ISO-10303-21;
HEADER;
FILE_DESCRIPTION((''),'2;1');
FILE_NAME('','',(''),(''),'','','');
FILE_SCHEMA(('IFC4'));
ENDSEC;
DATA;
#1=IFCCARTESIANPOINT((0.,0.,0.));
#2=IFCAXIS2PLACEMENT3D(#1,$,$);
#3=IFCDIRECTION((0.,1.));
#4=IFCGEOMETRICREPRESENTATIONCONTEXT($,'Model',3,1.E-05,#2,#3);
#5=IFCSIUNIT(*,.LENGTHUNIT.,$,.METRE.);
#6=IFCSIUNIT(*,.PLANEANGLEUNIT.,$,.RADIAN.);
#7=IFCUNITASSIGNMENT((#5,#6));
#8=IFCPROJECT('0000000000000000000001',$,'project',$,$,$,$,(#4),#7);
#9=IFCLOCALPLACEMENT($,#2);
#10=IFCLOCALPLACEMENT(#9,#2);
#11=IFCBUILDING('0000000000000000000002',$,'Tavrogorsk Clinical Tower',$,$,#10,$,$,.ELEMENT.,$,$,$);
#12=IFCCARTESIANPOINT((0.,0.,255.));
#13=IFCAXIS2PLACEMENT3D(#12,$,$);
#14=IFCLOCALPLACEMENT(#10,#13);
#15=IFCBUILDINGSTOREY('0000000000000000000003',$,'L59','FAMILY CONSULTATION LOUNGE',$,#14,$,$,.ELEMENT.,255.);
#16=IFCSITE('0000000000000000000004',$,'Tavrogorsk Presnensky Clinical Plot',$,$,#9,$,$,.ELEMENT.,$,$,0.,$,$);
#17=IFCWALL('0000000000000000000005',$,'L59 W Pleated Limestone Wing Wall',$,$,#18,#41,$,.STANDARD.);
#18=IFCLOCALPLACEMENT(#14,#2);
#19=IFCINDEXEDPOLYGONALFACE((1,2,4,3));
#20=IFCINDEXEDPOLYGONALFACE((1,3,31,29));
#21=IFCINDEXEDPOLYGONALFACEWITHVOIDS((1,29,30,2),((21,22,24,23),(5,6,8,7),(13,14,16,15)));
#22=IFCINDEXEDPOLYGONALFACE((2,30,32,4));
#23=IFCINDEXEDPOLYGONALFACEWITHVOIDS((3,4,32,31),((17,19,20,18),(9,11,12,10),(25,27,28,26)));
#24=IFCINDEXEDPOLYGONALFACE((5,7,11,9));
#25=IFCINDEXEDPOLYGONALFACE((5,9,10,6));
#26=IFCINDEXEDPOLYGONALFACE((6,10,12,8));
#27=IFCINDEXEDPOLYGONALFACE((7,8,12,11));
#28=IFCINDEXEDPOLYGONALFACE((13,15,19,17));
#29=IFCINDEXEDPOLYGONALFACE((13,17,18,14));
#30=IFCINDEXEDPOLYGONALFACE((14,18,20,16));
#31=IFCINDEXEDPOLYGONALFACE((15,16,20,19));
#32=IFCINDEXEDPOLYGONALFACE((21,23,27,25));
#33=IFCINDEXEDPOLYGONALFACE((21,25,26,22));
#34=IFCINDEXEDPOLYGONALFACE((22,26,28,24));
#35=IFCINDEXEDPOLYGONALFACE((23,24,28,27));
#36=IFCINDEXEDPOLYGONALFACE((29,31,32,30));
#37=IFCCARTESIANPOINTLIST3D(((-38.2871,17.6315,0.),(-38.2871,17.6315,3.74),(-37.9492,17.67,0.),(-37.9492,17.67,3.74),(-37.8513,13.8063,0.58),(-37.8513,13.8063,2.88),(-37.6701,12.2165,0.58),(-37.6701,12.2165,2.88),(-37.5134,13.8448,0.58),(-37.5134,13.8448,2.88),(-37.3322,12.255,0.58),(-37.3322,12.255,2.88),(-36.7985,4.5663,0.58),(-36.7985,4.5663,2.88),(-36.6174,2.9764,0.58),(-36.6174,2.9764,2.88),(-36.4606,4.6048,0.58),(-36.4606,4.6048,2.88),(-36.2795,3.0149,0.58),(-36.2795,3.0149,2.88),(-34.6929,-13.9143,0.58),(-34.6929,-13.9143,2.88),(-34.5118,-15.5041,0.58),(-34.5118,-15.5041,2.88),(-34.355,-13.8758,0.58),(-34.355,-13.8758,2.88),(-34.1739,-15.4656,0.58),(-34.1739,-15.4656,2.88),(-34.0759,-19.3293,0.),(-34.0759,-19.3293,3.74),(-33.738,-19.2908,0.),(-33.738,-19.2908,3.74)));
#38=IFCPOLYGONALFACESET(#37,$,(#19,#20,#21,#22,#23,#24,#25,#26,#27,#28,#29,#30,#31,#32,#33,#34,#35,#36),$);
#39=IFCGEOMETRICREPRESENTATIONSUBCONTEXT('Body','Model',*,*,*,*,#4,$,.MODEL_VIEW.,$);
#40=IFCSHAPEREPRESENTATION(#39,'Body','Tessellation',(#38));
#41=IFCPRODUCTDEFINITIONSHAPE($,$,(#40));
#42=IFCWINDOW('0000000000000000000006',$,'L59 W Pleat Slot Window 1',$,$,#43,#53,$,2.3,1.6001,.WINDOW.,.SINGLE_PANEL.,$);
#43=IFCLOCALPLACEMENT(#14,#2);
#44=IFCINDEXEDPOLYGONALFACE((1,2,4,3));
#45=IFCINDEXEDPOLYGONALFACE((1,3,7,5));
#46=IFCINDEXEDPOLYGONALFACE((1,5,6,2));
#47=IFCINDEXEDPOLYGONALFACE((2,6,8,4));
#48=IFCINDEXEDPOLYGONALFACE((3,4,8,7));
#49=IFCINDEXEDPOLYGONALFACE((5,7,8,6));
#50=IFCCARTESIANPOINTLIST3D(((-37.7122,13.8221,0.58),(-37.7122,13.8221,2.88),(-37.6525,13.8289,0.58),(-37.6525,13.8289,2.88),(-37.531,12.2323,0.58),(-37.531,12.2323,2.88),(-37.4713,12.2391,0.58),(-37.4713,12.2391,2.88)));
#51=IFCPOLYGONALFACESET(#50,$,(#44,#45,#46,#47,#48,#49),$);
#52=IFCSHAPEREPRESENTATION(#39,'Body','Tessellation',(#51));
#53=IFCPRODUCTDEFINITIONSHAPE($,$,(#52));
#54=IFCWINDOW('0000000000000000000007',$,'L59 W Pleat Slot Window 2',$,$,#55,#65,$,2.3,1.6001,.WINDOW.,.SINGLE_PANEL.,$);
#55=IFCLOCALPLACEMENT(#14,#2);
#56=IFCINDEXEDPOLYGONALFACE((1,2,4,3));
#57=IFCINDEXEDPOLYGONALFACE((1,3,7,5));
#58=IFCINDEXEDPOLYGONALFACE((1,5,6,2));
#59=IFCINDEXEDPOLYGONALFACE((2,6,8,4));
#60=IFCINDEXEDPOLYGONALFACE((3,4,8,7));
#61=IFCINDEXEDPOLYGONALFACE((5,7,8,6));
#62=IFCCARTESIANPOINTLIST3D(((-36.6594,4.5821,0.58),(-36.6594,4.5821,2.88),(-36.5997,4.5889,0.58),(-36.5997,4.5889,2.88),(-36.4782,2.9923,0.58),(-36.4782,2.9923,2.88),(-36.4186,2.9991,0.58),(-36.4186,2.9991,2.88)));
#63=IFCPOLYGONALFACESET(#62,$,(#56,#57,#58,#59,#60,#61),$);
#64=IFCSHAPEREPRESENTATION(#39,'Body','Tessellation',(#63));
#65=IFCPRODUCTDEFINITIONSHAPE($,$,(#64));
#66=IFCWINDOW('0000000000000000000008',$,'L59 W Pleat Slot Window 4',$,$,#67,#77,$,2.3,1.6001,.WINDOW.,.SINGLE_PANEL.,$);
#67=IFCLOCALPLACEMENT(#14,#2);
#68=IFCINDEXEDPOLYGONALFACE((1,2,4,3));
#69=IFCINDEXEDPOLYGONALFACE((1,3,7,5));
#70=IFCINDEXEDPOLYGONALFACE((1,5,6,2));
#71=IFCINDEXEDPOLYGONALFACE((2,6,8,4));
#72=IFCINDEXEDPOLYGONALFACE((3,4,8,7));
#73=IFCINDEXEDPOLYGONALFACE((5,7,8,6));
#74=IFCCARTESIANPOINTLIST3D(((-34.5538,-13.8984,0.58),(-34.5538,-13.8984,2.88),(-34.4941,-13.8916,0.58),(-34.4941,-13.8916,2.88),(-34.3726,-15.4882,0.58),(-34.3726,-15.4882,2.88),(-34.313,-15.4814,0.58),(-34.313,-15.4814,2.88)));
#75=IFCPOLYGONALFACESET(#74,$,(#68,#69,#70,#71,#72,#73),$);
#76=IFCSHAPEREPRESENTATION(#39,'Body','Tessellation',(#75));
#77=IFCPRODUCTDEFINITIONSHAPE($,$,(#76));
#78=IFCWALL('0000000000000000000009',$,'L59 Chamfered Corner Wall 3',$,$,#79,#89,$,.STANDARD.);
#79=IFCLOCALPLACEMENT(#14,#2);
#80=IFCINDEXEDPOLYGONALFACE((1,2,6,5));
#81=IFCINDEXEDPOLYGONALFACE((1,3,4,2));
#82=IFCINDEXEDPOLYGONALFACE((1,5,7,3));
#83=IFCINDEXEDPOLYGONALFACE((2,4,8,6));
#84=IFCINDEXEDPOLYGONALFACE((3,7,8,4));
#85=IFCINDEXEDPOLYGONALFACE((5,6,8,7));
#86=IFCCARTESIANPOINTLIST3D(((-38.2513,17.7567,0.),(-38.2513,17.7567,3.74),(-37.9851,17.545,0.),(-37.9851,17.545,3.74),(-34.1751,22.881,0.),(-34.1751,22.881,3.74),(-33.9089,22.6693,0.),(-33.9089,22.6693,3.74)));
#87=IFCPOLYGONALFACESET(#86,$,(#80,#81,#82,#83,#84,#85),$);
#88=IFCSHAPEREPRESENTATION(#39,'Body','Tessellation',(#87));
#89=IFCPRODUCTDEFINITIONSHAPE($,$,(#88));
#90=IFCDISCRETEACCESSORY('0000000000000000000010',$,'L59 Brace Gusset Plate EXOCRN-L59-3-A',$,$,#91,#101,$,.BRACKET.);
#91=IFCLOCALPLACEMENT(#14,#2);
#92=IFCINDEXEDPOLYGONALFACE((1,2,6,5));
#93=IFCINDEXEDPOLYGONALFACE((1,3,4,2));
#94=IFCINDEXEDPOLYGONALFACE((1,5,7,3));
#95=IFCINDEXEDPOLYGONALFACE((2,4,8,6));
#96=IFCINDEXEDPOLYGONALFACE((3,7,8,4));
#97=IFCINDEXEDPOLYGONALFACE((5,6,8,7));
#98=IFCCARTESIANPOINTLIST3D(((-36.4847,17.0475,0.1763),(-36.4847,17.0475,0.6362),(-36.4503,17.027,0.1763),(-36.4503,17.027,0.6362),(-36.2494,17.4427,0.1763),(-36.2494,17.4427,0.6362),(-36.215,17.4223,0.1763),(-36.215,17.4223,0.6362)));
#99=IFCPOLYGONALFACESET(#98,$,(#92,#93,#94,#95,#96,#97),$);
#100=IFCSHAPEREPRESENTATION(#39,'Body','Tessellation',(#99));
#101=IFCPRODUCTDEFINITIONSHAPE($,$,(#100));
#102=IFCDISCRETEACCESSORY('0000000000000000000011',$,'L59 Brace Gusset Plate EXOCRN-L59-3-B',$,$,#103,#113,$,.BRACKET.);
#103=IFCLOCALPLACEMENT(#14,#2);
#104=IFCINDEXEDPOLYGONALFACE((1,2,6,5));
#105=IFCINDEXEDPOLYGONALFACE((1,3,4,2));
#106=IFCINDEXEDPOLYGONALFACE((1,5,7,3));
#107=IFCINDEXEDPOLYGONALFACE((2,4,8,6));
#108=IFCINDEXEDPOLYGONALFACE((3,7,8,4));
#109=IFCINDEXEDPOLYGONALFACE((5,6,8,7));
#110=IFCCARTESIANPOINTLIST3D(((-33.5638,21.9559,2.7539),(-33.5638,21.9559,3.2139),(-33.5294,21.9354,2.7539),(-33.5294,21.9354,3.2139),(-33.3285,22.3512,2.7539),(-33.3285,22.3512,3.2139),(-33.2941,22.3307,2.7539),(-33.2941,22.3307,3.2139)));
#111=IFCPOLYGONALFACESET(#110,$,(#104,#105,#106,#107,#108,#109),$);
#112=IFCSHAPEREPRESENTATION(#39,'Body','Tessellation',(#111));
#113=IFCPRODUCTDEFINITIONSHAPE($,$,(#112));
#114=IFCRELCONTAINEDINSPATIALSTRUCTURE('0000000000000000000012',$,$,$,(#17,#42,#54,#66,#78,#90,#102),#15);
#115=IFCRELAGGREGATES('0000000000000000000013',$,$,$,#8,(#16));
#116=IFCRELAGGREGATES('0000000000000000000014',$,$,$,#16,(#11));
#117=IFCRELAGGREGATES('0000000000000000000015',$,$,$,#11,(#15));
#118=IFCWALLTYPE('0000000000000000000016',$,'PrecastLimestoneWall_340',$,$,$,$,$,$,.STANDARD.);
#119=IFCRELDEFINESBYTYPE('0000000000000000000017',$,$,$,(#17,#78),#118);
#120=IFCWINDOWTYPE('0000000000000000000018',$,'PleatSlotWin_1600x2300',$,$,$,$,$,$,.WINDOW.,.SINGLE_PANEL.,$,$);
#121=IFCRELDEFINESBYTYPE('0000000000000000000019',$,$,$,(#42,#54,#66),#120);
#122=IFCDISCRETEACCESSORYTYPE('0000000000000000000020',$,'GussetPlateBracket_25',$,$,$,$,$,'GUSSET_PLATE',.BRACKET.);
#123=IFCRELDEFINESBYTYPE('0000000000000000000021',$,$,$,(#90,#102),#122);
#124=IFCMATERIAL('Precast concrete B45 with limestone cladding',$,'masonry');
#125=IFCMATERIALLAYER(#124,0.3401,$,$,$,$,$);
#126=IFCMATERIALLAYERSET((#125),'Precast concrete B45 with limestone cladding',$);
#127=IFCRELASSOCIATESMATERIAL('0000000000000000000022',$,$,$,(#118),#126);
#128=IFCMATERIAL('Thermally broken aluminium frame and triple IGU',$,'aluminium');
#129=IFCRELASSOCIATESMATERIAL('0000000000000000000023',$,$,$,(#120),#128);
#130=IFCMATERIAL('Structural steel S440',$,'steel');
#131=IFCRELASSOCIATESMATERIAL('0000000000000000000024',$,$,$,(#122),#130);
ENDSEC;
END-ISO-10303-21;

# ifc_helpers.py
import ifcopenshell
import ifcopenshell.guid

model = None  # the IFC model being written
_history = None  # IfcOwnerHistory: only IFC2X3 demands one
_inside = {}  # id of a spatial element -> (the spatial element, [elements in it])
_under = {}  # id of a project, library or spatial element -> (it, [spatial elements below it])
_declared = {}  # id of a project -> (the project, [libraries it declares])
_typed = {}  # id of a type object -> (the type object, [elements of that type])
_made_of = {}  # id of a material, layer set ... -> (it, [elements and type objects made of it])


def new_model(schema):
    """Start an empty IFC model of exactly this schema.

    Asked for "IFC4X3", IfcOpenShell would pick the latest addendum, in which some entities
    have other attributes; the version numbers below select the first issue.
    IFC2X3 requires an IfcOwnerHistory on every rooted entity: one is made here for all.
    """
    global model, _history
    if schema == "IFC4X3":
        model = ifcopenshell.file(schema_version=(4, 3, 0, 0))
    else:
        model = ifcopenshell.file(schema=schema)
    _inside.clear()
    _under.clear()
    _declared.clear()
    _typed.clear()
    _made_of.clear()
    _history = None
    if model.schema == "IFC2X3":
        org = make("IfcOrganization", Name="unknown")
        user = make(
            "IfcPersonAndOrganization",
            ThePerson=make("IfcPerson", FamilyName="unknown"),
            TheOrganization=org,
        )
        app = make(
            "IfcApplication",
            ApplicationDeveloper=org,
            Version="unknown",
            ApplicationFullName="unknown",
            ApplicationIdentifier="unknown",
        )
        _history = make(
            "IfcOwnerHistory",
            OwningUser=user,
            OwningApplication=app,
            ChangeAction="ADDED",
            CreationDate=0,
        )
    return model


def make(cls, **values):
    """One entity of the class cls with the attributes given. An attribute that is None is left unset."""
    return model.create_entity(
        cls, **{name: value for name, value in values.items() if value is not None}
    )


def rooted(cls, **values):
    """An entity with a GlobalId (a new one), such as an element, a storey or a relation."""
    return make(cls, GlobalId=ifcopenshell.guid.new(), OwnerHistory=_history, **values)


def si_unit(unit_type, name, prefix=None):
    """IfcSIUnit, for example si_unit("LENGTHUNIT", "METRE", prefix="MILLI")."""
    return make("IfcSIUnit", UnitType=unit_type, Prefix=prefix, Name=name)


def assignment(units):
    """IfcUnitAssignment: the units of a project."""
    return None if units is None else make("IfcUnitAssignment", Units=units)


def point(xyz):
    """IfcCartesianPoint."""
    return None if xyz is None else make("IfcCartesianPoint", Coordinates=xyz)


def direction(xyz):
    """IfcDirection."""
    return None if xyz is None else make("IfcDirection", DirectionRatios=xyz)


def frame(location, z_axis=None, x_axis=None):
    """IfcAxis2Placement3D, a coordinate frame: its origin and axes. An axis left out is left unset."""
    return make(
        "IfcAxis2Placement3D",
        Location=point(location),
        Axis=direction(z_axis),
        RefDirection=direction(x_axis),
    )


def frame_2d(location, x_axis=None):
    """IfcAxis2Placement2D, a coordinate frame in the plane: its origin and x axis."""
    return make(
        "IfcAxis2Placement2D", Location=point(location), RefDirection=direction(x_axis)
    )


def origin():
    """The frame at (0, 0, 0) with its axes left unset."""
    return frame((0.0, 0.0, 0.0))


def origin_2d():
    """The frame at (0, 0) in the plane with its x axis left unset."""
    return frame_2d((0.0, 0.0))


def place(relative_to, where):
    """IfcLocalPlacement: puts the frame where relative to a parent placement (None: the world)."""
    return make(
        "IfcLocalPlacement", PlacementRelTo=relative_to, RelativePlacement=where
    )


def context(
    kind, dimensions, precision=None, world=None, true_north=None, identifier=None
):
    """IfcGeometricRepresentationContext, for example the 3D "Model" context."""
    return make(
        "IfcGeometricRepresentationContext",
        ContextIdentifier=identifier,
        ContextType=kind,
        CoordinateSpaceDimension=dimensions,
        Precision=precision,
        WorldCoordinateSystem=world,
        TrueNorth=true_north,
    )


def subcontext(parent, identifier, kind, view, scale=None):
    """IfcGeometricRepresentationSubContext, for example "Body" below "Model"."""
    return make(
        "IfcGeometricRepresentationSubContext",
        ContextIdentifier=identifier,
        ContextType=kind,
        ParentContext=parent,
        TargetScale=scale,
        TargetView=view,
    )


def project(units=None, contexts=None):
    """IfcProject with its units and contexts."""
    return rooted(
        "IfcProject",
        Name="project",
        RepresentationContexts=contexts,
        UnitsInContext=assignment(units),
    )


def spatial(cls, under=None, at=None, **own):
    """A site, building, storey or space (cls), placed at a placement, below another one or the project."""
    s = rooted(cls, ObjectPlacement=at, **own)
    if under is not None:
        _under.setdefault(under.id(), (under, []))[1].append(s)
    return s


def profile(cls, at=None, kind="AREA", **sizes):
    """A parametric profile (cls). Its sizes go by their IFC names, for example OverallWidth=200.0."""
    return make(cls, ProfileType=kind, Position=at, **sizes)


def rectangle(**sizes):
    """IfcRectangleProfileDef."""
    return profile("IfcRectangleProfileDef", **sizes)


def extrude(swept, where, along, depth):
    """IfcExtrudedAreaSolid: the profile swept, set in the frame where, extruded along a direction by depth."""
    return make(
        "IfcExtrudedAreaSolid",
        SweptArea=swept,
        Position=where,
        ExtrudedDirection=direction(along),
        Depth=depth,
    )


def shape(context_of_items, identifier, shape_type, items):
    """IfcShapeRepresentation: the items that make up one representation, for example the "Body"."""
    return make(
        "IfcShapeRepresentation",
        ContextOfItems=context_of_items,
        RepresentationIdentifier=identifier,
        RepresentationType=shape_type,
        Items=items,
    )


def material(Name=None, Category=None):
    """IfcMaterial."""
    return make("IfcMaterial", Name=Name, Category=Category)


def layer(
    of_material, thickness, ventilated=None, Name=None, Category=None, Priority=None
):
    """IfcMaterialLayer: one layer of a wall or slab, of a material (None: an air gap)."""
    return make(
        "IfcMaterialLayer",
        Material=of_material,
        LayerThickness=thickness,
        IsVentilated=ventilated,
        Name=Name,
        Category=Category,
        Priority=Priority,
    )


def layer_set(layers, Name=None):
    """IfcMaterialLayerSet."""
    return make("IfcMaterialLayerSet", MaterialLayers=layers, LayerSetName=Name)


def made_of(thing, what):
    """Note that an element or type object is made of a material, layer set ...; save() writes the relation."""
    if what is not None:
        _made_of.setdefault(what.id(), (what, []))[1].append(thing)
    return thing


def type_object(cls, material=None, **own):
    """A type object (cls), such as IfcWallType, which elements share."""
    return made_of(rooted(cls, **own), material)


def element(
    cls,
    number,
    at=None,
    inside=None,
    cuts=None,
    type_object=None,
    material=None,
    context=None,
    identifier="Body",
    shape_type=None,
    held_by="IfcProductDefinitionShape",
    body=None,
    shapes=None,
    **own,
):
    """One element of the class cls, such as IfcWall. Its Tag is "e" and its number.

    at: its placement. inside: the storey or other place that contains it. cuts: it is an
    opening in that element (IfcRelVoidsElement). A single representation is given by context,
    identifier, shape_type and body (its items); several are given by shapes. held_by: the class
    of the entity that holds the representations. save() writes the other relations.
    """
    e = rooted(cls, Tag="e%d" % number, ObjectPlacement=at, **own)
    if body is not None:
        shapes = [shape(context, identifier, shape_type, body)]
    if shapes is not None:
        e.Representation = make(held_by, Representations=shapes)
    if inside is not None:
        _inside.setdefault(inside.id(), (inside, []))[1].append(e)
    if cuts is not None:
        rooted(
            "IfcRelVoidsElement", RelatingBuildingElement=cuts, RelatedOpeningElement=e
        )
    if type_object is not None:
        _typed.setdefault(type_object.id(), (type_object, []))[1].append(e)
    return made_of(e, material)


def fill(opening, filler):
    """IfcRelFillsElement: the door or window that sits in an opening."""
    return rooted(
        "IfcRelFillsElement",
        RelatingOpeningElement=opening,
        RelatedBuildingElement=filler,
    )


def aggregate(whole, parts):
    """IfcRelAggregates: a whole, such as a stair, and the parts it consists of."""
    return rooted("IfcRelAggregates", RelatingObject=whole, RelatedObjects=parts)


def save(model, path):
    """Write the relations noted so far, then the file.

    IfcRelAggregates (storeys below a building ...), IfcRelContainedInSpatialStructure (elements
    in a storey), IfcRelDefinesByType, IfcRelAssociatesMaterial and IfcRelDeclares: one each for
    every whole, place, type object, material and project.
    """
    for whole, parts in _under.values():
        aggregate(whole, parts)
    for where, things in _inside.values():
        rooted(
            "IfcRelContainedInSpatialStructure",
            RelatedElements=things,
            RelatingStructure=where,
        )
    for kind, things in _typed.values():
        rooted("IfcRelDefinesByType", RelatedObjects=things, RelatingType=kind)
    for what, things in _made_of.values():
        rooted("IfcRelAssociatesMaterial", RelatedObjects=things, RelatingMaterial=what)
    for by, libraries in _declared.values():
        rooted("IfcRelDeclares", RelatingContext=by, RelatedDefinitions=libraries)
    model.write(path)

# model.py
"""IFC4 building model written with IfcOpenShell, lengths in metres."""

from ifc_helpers import new_model, si_unit, direction, frame, frame_2d, origin, origin_2d, place, context, subcontext, project, spatial, rectangle, extrude, material, layer, layer_set, type_object, element, fill, save


model = new_model("IFC4")

# Units and contexts
model_context = context("Model", 3, precision=1e-05, world=origin(), true_north=direction((0.0, 1.0)))
body_context = subcontext(model_context, "Body", "Model", "MODEL_VIEW")
ifc_project = project(units=[si_unit("LENGTHUNIT", "METRE"), si_unit("PLANEANGLEUNIT", "RADIAN")], contexts=[model_context])

# Site, building, storey
site_placement = place(None, origin())
site = spatial("IfcSite", under=ifc_project, at=site_placement, Name="Tavrogorsk Presnensky Clinical Plot", CompositionType="ELEMENT", RefElevation=0.0)
building_placement = place(site_placement, origin())
building = spatial("IfcBuilding", under=site, at=building_placement, Name="Tavrogorsk Clinical Tower", CompositionType="ELEMENT")
storey_placement = place(building_placement, frame((0.0, 0.0, 255.0)))
storey = spatial("IfcBuildingStorey", under=building, at=storey_placement, Name="L59", Description="FAMILY CONSULTATION LOUNGE", CompositionType="ELEMENT", Elevation=255.0)

# Wall, openings, windows
ifc_material_1 = material(Name="Precast concrete B45 with limestone cladding", Category="masonry")
ifc_layer_1 = layer(ifc_material_1, 0.3401)
ifc_layer_set_1 = layer_set([ifc_layer_1], Name="Precast concrete B45 with limestone cladding")
wall_type_1 = type_object("IfcWallType", Name="PrecastLimestoneWall_340", PredefinedType="STANDARD", material=ifc_layer_set_1)
wall_1_placement = place(storey_placement, frame((-38.1182, 17.6509, 0.0), z_axis=(0.0, 0.0, 1.0), x_axis=(0.113204, -0.993572, 0.0)))
wall_1 = element("IfcWall", 1, at=wall_1_placement, inside=storey, type_object=wall_type_1, Name="L59 W Pleated Limestone Wing Wall", PredefinedType="STANDARD", context=body_context, shape_type="SweptSolid", body=[
    extrude(rectangle(XDim=37.2, YDim=0.3401, at=frame_2d((18.6001, 0.0))), origin(), (0.0, 0.0, 1.0), 3.74),
])
opening_1_placement = place(wall_1_placement, frame((3.8501, 0.0, 0.5801)))
opening_1 = element("IfcOpeningElement", 2, at=opening_1_placement, cuts=wall_1, PredefinedType="OPENING", context=body_context, shape_type="SweptSolid", body=[
    extrude(rectangle(XDim=1.6001, YDim=2.3, at=frame_2d((0.8, 1.1499))), frame((0.0, 0.1799, 0.0), z_axis=(0.0, -1.0, 0.0), x_axis=(1.0, 0.0, 0.0)), (0.0, 0.0, 1.0), 0.3601),
])
opening_2_placement = place(wall_1_placement, frame((13.1499, 0.0, 0.5801)))
opening_2 = element("IfcOpeningElement", 3, at=opening_2_placement, cuts=wall_1, PredefinedType="OPENING", context=body_context, shape_type="SweptSolid", body=[
    extrude(rectangle(XDim=1.6001, YDim=2.3, at=frame_2d((0.8, 1.1499))), frame((0.0, 0.1799, 0.0), z_axis=(0.0, -1.0, 0.0), x_axis=(1.0, 0.0, 0.0)), (0.0, 0.0, 1.0), 0.3601),
])
opening_3_placement = place(wall_1_placement, frame((31.75, 0.0, 0.5801)))
opening_3 = element("IfcOpeningElement", 4, at=opening_3_placement, cuts=wall_1, PredefinedType="OPENING", context=body_context, shape_type="SweptSolid", body=[
    extrude(rectangle(XDim=1.6001, YDim=2.3, at=frame_2d((0.8, 1.1499))), frame((0.0, 0.1799, 0.0), z_axis=(0.0, -1.0, 0.0), x_axis=(1.0, 0.0, 0.0)), (0.0, 0.0, 1.0), 0.3601),
])
ifc_material_2 = material(Name="Thermally broken aluminium frame and triple IGU", Category="aluminium")
window_type = type_object("IfcWindowType", Name="PleatSlotWin_1600x2300", PartitioningType="SINGLE_PANEL", PredefinedType="WINDOW", material=ifc_material_2)
window_1_placement = place(opening_1_placement, origin())
window_1 = element("IfcWindow", 5, at=window_1_placement, inside=storey, type_object=window_type, Name="L59 W Pleat Slot Window 1", OverallHeight=2.3, OverallWidth=1.6001, PartitioningType="SINGLE_PANEL", PredefinedType="WINDOW", context=body_context, shape_type="SweptSolid", body=[
    extrude(rectangle(XDim=1.6001, YDim=2.3, at=frame_2d((0.8, 1.1499))), frame((0.0, 0.03, 0.0), z_axis=(0.0, -1.0, 0.0), x_axis=(1.0, 0.0, 0.0)), (0.0, 0.0, 1.0), 0.0601),
])
fill(opening_1, window_1)
window_2_placement = place(opening_2_placement, origin())
window_2 = element("IfcWindow", 6, at=window_2_placement, inside=storey, type_object=window_type, Name="L59 W Pleat Slot Window 2", OverallHeight=2.3, OverallWidth=1.6001, PartitioningType="SINGLE_PANEL", PredefinedType="WINDOW", context=body_context, shape_type="SweptSolid", body=[
    extrude(rectangle(XDim=1.6001, YDim=2.3, at=frame_2d((0.8, 1.1499))), frame((0.0, 0.03, 0.0), z_axis=(0.0, -1.0, 0.0), x_axis=(1.0, 0.0, 0.0)), (0.0, 0.0, 1.0), 0.0601),
])
fill(opening_2, window_2)
window_3_placement = place(opening_3_placement, origin())
window_3 = element("IfcWindow", 7, at=window_3_placement, inside=storey, type_object=window_type, Name="L59 W Pleat Slot Window 4", OverallHeight=2.3, OverallWidth=1.6001, PartitioningType="SINGLE_PANEL", PredefinedType="WINDOW", context=body_context, shape_type="SweptSolid", body=[
    extrude(rectangle(XDim=1.6001, YDim=2.3, at=frame_2d((0.8, 1.1499))), frame((0.0, 0.03, 0.0), z_axis=(0.0, -1.0, 0.0), x_axis=(1.0, 0.0, 0.0)), (0.0, 0.0, 1.0), 0.0601),
])
fill(opening_3, window_3)

# Wall
wall_2_placement = place(storey_placement, frame((-34.042, 22.7751, 0.0), z_axis=(0.0, 0.0, 1.0), x_axis=(-0.622528, -0.782597, 0.0)))
element("IfcWall", 8, at=wall_2_placement, inside=storey, type_object=wall_type_1, Name="L59 Chamfered Corner Wall 3", PredefinedType="STANDARD", context=body_context, shape_type="SweptSolid", body=[
    extrude(rectangle(XDim=6.5479, YDim=0.3401, at=frame_2d((3.2739, 0.0))), origin(), (0.0, 0.0, 1.0), 3.74),
])

# Discrete accessories
ifc_material_3 = material(Name="Structural steel S440", Category="steel")
discrete_accessory_type = type_object("IfcDiscreteAccessoryType", Name="GussetPlateBracket_25", ElementType="GUSSET_PLATE", PredefinedType="BRACKET", material=ifc_material_3)
for number, where, z_axis, x_axis, name in (
    (9, (-36.3499, 17.2349, 0.1763), (0.0, 0.0, 1.0), (0.511443, 0.859317, 0.0), "L59 Brace Gusset Plate EXOCRN-L59-3-A"),
    (10, (-33.429, 22.1433, 2.7539), (0.0, 0.0, 1.0), (0.511443, 0.859317, 0.0), "L59 Brace Gusset Plate EXOCRN-L59-3-B"),
):
    element("IfcDiscreteAccessory", number, at=place(storey_placement, frame(where, z_axis=z_axis, x_axis=x_axis)), inside=storey, type_object=discrete_accessory_type, Name=name, PredefinedType="BRACKET", context=body_context, shape_type="SweptSolid", body=[
        extrude(rectangle(XDim=0.46, YDim=0.04, at=origin_2d()), origin(), (0.0, 0.0, 1.0), 0.46),
    ])

save(model, "model.ifc")
